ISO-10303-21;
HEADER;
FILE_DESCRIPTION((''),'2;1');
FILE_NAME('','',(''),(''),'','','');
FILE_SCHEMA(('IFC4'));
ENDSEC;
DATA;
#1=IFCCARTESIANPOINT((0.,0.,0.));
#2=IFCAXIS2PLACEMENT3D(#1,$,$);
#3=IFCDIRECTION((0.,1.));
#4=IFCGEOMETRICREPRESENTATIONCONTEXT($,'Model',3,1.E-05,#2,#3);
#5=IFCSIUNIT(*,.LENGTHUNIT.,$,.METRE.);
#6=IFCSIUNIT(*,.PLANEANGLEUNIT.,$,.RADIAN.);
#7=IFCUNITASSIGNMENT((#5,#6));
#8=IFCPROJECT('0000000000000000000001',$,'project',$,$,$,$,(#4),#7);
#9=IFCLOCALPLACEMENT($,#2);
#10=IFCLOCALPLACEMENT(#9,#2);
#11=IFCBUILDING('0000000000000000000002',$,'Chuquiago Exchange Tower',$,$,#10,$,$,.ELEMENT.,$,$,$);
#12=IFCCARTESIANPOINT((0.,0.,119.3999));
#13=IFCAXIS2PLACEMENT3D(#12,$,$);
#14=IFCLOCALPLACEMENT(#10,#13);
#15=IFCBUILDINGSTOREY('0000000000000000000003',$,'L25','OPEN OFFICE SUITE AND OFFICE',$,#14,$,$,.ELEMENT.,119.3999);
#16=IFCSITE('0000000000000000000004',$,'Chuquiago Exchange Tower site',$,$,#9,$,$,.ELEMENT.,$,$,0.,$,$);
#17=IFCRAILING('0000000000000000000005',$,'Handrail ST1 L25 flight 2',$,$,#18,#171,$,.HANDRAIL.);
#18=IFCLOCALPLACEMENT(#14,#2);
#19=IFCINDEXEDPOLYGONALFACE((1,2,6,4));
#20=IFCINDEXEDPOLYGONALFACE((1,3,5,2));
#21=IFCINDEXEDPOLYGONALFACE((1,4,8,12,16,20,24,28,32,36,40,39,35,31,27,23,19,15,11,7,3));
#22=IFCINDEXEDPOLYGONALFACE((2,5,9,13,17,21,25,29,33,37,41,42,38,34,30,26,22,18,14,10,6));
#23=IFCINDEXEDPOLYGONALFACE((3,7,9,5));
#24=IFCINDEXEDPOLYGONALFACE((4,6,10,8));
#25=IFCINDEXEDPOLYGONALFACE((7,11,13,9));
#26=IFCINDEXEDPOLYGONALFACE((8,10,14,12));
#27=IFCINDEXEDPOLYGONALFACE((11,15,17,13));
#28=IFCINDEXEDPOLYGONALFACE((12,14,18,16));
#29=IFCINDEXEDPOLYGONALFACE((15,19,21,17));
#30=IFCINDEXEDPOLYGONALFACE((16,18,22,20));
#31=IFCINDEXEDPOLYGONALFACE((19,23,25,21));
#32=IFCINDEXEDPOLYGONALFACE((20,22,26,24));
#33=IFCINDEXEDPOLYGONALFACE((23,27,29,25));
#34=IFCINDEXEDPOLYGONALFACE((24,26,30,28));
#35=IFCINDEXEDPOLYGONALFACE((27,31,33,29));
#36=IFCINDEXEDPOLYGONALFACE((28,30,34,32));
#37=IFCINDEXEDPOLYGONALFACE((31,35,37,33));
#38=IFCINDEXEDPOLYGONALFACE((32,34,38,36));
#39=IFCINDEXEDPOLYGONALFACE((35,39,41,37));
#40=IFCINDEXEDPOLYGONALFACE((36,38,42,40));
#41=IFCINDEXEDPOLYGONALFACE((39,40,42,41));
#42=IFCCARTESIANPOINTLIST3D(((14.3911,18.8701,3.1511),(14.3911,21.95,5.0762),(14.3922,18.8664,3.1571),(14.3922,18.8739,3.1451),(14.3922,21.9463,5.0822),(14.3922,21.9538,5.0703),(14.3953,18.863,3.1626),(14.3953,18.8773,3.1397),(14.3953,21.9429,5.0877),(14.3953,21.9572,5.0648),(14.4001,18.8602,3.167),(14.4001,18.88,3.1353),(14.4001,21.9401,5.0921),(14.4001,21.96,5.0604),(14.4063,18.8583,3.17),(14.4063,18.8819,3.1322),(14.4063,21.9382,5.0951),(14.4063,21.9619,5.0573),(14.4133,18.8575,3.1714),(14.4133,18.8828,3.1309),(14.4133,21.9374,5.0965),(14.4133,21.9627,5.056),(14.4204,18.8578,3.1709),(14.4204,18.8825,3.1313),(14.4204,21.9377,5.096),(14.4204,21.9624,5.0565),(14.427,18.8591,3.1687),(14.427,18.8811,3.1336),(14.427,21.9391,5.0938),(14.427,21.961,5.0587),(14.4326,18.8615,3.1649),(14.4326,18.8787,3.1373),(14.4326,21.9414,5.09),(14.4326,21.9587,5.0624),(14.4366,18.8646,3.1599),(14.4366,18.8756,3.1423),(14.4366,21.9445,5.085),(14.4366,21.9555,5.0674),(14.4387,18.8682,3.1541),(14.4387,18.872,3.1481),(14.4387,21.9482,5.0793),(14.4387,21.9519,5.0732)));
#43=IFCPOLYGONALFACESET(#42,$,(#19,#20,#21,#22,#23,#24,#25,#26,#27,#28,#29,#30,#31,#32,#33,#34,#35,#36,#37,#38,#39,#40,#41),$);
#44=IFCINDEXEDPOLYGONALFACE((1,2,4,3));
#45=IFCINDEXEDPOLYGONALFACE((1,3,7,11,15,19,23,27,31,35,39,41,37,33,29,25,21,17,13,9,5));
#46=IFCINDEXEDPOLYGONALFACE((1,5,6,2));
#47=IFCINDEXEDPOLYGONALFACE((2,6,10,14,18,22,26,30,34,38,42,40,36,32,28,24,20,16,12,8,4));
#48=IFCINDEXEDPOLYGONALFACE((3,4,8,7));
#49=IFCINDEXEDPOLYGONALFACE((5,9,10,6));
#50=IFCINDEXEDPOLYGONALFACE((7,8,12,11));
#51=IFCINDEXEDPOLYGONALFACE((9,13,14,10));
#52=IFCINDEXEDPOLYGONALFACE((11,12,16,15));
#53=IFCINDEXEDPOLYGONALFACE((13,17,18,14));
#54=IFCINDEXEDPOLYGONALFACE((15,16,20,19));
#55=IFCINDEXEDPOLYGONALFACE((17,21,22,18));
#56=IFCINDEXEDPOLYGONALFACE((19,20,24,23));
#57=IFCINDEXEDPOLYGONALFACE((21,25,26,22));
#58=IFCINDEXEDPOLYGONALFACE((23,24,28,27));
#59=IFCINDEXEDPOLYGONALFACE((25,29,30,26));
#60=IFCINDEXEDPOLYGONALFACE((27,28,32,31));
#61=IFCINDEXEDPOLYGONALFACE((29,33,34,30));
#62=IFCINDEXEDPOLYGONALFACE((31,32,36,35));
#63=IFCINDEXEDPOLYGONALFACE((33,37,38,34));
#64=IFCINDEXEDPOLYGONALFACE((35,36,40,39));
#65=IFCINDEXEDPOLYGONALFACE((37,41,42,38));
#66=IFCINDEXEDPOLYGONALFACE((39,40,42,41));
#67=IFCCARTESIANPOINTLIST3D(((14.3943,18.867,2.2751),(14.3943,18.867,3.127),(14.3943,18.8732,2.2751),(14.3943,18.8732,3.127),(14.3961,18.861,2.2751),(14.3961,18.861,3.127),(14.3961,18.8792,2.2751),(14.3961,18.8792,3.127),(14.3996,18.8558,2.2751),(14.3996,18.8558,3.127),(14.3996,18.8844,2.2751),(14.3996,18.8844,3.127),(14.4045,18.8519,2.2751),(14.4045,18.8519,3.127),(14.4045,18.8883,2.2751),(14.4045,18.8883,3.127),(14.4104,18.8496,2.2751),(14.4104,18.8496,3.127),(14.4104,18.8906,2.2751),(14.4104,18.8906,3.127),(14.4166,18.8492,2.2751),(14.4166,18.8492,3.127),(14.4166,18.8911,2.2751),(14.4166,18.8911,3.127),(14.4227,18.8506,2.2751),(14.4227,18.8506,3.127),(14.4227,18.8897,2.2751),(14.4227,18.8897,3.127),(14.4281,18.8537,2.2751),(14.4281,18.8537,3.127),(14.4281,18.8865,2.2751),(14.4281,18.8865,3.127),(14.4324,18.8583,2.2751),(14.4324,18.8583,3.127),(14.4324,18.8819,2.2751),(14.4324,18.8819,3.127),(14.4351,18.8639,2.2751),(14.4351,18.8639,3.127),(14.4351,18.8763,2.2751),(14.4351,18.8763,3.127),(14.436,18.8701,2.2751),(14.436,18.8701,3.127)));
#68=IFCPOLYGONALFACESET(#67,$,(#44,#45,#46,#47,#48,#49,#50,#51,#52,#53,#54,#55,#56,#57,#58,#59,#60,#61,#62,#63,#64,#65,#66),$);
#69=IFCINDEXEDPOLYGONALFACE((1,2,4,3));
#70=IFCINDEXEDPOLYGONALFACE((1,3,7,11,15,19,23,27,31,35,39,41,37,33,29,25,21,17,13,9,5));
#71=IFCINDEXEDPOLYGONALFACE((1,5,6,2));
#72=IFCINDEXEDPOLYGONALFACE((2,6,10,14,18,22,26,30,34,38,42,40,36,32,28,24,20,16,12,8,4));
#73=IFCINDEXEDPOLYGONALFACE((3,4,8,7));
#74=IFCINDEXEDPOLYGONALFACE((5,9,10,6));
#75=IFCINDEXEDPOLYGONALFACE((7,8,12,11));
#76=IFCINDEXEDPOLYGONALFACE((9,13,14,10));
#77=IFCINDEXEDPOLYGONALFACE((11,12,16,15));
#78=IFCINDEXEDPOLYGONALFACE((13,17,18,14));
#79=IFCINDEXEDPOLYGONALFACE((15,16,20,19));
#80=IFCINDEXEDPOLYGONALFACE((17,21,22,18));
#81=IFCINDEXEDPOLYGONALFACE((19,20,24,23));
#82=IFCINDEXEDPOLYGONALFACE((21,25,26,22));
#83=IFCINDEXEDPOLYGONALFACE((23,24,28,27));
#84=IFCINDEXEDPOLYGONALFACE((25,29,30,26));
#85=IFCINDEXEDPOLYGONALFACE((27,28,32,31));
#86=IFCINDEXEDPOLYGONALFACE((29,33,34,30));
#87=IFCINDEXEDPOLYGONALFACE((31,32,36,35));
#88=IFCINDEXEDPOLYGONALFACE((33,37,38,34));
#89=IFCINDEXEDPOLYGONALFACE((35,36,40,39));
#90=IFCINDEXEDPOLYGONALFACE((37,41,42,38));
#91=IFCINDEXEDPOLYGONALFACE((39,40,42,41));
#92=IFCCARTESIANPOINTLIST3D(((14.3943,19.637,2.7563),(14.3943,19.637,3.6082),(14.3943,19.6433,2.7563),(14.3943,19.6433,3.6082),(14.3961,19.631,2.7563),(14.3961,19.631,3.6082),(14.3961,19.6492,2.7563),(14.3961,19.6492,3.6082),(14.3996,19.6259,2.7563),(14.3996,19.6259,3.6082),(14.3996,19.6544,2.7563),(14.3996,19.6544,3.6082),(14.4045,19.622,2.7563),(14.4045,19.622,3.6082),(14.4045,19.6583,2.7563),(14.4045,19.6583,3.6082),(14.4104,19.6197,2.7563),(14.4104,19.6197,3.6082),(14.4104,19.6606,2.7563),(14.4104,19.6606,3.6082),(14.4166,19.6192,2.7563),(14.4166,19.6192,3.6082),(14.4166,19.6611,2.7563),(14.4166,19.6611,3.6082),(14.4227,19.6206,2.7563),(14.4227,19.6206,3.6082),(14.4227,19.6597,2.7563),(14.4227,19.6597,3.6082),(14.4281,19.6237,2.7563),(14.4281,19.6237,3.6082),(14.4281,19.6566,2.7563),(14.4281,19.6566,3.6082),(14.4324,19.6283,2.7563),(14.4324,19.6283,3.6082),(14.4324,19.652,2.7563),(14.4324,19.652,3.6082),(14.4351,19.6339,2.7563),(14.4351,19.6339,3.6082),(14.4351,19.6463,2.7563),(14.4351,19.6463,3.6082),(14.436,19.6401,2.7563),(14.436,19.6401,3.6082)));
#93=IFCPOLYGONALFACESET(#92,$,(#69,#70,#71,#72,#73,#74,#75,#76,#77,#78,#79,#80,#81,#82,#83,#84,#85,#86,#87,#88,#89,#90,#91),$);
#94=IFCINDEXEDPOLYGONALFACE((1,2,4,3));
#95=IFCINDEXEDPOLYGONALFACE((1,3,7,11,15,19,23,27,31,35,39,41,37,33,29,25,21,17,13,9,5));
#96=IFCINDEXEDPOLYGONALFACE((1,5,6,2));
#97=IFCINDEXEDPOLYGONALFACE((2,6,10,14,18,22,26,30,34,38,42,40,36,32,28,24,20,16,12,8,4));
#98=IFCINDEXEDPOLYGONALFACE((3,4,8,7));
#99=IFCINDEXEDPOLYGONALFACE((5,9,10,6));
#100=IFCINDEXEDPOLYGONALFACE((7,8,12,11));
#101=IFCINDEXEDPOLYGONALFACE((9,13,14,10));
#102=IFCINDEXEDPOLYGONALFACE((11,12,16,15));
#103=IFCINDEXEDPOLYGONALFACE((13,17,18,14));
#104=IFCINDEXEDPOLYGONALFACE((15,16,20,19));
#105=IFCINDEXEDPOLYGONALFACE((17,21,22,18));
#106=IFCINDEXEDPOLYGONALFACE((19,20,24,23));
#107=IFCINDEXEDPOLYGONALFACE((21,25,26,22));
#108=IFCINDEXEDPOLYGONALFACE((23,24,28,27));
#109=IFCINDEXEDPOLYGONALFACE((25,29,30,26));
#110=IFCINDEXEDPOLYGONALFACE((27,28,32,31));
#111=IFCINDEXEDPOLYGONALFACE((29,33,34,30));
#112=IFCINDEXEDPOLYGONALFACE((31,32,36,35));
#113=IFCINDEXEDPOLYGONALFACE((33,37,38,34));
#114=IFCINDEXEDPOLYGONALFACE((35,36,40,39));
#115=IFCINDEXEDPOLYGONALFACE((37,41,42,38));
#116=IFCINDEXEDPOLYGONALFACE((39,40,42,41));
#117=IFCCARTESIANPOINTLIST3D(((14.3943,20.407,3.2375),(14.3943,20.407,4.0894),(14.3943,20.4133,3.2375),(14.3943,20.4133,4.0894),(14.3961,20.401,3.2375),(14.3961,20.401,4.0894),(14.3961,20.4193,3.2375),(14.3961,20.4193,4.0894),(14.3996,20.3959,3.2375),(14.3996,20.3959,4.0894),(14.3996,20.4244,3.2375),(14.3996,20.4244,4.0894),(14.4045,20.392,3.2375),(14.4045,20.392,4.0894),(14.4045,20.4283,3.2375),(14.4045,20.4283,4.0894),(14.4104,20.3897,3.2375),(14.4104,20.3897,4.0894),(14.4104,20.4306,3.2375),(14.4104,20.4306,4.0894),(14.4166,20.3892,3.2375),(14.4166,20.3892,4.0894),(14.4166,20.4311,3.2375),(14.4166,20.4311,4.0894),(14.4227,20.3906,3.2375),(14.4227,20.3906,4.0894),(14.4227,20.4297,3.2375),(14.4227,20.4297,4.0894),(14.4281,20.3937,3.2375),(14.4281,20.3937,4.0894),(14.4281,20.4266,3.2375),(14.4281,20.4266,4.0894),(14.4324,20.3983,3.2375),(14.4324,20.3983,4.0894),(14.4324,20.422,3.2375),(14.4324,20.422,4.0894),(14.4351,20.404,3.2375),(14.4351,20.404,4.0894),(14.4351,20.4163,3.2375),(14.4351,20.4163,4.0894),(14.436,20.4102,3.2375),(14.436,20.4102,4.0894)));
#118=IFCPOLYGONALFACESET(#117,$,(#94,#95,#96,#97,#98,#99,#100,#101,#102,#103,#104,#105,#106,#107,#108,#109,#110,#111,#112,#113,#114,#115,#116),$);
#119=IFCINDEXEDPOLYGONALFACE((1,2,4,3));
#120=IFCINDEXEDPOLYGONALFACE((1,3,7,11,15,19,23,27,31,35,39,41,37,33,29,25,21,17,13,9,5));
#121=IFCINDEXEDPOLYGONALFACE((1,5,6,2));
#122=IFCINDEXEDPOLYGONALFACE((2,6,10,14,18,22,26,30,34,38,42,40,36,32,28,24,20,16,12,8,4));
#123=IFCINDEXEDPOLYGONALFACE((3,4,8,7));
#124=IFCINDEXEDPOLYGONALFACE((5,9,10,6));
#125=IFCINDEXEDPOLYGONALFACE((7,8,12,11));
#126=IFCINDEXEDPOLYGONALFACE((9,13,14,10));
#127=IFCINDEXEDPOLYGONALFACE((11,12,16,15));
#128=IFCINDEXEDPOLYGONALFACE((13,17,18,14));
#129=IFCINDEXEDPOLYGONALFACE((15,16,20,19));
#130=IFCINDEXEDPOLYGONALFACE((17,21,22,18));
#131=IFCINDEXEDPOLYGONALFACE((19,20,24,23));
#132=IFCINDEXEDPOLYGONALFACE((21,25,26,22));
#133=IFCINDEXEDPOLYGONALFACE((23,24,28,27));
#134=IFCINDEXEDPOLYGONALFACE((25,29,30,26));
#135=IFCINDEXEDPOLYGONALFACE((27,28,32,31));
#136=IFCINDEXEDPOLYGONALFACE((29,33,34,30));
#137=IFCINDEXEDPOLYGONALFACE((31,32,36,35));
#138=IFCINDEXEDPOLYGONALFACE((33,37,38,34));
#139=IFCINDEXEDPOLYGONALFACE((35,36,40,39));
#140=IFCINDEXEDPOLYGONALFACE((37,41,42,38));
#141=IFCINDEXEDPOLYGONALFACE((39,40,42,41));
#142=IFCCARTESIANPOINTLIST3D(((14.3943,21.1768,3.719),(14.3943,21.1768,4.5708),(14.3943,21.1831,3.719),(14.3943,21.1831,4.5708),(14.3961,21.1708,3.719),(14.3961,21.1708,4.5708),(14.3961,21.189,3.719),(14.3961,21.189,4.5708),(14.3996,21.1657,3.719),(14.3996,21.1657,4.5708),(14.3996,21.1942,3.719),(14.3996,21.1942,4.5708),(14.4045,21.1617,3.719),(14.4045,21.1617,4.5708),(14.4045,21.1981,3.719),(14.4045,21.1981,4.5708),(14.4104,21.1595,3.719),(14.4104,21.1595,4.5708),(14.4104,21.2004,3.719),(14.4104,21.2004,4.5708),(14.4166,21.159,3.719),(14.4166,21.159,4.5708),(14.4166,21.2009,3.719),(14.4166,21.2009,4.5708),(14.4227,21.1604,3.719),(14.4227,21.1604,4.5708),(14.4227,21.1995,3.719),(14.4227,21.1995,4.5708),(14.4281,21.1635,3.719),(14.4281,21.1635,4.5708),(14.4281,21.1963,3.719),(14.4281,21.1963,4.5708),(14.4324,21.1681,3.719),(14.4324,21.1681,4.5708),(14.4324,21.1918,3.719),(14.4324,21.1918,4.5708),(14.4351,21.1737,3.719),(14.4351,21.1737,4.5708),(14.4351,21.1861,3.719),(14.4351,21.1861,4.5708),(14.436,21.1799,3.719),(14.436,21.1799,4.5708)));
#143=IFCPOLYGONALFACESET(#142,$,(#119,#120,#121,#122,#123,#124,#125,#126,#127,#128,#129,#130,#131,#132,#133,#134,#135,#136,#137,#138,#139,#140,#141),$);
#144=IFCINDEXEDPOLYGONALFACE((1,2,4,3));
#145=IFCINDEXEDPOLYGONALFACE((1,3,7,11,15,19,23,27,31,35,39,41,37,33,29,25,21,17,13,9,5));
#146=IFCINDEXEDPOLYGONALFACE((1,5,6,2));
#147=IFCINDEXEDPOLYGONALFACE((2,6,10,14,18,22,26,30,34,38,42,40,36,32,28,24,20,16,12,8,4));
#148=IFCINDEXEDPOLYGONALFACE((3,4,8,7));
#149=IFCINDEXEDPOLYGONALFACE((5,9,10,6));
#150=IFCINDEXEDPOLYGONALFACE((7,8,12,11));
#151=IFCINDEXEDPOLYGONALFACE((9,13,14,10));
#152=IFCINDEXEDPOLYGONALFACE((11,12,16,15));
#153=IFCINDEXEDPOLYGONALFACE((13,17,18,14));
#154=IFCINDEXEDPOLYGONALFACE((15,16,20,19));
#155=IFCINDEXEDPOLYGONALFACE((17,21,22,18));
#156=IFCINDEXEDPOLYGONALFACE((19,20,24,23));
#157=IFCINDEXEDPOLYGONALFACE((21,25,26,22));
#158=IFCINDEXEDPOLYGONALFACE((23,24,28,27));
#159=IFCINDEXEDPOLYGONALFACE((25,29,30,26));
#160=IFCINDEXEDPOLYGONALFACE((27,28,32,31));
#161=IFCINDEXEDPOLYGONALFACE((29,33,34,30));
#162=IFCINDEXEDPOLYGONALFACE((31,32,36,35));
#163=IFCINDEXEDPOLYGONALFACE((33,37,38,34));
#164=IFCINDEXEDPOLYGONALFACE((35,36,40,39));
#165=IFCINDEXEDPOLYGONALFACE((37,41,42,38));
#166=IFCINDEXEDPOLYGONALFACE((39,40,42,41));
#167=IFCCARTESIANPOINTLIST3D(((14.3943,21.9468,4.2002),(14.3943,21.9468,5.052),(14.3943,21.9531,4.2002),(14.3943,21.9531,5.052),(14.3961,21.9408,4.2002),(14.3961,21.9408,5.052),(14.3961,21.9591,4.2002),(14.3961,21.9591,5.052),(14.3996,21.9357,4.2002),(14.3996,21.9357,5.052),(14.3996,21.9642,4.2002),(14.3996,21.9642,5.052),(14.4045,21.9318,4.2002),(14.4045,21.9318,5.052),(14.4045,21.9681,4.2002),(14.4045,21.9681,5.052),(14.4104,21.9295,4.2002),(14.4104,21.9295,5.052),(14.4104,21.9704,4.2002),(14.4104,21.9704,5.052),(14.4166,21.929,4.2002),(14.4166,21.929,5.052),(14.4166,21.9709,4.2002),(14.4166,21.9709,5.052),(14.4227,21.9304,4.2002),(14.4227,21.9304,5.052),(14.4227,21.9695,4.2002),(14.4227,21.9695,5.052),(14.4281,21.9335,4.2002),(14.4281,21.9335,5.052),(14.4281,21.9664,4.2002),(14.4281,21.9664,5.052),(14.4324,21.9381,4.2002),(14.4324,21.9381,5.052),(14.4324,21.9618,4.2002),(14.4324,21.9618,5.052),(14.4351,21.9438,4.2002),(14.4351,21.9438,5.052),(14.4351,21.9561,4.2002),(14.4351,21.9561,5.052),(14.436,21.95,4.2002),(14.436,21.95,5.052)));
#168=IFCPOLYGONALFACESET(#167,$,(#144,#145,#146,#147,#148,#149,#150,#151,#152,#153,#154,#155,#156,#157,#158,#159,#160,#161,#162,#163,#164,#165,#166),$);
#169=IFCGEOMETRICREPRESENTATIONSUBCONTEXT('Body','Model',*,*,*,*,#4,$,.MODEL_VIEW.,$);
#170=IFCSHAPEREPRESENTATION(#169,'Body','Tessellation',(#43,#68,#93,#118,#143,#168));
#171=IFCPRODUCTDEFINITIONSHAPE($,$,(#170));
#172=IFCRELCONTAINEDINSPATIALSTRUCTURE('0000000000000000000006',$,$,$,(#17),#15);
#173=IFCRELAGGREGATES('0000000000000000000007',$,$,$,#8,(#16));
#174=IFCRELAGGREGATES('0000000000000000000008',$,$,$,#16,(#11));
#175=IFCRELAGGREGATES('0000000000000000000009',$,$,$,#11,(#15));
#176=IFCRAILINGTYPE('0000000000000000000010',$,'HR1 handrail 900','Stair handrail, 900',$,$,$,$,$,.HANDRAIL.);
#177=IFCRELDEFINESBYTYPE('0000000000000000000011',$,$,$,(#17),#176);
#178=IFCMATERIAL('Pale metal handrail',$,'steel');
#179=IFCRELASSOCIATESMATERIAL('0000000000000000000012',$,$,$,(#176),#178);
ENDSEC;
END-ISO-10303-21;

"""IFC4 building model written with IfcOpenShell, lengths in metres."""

from ifc_helpers import new_model, si_unit, direction, frame, origin, origin_2d, place, context, subcontext, project, spatial, circle, extrude, material, type_object, element, save


model = new_model("IFC4")

# Units and contexts
model_context = context("Model", 3, precision=1e-05, world=origin(), true_north=direction((0.0, 1.0)))
body_context = subcontext(model_context, "Body", "Model", "MODEL_VIEW")
ifc_project = project(units=[si_unit("LENGTHUNIT", "METRE"), si_unit("PLANEANGLEUNIT", "RADIAN")], contexts=[model_context])

# Site, building, storey
site_placement = place(None, origin())
site = spatial("IfcSite", under=ifc_project, at=site_placement, Name="Chuquiago Exchange Tower site", CompositionType="ELEMENT", RefElevation=0.0)
building_placement = place(site_placement, origin())
building = spatial("IfcBuilding", under=site, at=building_placement, Name="Chuquiago Exchange Tower", CompositionType="ELEMENT")
storey_placement = place(building_placement, frame((0.0, 0.0, 119.3999)))
storey = spatial("IfcBuildingStorey", under=building, at=storey_placement, Name="L25", Description="OPEN OFFICE SUITE AND OFFICE", CompositionType="ELEMENT", Elevation=119.3999)

# Railing
ifc_material_1 = material(Name="Pale metal handrail", Category="steel")
railing_type_1 = type_object("IfcRailingType", Name="HR1 handrail 900", Description="Stair handrail, 900", PredefinedType="HANDRAIL", material=ifc_material_1)
for number, where, name in (
    (1, (14.415, 18.8701, 2.2751), "Handrail ST1 L25 flight 2"),
):
    element("IfcRailing", number, at=place(storey_placement, frame(where)), inside=storey, type_object=railing_type_1, Name=name, PredefinedType="HANDRAIL", context=body_context, shape_type="SweptSolid", body=[
        extrude(circle(Radius=0.0239, at=origin_2d()), frame((0.0, 0.0, 0.876), z_axis=(0.0, 0.847979, 0.530029), x_axis=(-1.0, 0.0, 0.0)), (0.0, 0.0, 1.0), 3.6321),
        extrude(circle(Radius=0.021, at=origin_2d()), origin(), (0.0, 0.0, 1.0), 0.8518),
        extrude(circle(Radius=0.021, at=origin_2d()), frame((0.0, 0.77, 0.4812)), (0.0, 0.0, 1.0), 0.8518),
        extrude(circle(Radius=0.021, at=origin_2d()), frame((0.0, 1.54, 0.9624)), (0.0, 0.0, 1.0), 0.8518),
        extrude(circle(Radius=0.021, at=origin_2d()), frame((0.0, 2.3098, 1.4438)), (0.0, 0.0, 1.0), 0.8518),
        extrude(circle(Radius=0.021, at=origin_2d()), frame((0.0, 3.0798, 1.925)), (0.0, 0.0, 1.0), 0.8518),
    ])

save(model, "model.ifc")
